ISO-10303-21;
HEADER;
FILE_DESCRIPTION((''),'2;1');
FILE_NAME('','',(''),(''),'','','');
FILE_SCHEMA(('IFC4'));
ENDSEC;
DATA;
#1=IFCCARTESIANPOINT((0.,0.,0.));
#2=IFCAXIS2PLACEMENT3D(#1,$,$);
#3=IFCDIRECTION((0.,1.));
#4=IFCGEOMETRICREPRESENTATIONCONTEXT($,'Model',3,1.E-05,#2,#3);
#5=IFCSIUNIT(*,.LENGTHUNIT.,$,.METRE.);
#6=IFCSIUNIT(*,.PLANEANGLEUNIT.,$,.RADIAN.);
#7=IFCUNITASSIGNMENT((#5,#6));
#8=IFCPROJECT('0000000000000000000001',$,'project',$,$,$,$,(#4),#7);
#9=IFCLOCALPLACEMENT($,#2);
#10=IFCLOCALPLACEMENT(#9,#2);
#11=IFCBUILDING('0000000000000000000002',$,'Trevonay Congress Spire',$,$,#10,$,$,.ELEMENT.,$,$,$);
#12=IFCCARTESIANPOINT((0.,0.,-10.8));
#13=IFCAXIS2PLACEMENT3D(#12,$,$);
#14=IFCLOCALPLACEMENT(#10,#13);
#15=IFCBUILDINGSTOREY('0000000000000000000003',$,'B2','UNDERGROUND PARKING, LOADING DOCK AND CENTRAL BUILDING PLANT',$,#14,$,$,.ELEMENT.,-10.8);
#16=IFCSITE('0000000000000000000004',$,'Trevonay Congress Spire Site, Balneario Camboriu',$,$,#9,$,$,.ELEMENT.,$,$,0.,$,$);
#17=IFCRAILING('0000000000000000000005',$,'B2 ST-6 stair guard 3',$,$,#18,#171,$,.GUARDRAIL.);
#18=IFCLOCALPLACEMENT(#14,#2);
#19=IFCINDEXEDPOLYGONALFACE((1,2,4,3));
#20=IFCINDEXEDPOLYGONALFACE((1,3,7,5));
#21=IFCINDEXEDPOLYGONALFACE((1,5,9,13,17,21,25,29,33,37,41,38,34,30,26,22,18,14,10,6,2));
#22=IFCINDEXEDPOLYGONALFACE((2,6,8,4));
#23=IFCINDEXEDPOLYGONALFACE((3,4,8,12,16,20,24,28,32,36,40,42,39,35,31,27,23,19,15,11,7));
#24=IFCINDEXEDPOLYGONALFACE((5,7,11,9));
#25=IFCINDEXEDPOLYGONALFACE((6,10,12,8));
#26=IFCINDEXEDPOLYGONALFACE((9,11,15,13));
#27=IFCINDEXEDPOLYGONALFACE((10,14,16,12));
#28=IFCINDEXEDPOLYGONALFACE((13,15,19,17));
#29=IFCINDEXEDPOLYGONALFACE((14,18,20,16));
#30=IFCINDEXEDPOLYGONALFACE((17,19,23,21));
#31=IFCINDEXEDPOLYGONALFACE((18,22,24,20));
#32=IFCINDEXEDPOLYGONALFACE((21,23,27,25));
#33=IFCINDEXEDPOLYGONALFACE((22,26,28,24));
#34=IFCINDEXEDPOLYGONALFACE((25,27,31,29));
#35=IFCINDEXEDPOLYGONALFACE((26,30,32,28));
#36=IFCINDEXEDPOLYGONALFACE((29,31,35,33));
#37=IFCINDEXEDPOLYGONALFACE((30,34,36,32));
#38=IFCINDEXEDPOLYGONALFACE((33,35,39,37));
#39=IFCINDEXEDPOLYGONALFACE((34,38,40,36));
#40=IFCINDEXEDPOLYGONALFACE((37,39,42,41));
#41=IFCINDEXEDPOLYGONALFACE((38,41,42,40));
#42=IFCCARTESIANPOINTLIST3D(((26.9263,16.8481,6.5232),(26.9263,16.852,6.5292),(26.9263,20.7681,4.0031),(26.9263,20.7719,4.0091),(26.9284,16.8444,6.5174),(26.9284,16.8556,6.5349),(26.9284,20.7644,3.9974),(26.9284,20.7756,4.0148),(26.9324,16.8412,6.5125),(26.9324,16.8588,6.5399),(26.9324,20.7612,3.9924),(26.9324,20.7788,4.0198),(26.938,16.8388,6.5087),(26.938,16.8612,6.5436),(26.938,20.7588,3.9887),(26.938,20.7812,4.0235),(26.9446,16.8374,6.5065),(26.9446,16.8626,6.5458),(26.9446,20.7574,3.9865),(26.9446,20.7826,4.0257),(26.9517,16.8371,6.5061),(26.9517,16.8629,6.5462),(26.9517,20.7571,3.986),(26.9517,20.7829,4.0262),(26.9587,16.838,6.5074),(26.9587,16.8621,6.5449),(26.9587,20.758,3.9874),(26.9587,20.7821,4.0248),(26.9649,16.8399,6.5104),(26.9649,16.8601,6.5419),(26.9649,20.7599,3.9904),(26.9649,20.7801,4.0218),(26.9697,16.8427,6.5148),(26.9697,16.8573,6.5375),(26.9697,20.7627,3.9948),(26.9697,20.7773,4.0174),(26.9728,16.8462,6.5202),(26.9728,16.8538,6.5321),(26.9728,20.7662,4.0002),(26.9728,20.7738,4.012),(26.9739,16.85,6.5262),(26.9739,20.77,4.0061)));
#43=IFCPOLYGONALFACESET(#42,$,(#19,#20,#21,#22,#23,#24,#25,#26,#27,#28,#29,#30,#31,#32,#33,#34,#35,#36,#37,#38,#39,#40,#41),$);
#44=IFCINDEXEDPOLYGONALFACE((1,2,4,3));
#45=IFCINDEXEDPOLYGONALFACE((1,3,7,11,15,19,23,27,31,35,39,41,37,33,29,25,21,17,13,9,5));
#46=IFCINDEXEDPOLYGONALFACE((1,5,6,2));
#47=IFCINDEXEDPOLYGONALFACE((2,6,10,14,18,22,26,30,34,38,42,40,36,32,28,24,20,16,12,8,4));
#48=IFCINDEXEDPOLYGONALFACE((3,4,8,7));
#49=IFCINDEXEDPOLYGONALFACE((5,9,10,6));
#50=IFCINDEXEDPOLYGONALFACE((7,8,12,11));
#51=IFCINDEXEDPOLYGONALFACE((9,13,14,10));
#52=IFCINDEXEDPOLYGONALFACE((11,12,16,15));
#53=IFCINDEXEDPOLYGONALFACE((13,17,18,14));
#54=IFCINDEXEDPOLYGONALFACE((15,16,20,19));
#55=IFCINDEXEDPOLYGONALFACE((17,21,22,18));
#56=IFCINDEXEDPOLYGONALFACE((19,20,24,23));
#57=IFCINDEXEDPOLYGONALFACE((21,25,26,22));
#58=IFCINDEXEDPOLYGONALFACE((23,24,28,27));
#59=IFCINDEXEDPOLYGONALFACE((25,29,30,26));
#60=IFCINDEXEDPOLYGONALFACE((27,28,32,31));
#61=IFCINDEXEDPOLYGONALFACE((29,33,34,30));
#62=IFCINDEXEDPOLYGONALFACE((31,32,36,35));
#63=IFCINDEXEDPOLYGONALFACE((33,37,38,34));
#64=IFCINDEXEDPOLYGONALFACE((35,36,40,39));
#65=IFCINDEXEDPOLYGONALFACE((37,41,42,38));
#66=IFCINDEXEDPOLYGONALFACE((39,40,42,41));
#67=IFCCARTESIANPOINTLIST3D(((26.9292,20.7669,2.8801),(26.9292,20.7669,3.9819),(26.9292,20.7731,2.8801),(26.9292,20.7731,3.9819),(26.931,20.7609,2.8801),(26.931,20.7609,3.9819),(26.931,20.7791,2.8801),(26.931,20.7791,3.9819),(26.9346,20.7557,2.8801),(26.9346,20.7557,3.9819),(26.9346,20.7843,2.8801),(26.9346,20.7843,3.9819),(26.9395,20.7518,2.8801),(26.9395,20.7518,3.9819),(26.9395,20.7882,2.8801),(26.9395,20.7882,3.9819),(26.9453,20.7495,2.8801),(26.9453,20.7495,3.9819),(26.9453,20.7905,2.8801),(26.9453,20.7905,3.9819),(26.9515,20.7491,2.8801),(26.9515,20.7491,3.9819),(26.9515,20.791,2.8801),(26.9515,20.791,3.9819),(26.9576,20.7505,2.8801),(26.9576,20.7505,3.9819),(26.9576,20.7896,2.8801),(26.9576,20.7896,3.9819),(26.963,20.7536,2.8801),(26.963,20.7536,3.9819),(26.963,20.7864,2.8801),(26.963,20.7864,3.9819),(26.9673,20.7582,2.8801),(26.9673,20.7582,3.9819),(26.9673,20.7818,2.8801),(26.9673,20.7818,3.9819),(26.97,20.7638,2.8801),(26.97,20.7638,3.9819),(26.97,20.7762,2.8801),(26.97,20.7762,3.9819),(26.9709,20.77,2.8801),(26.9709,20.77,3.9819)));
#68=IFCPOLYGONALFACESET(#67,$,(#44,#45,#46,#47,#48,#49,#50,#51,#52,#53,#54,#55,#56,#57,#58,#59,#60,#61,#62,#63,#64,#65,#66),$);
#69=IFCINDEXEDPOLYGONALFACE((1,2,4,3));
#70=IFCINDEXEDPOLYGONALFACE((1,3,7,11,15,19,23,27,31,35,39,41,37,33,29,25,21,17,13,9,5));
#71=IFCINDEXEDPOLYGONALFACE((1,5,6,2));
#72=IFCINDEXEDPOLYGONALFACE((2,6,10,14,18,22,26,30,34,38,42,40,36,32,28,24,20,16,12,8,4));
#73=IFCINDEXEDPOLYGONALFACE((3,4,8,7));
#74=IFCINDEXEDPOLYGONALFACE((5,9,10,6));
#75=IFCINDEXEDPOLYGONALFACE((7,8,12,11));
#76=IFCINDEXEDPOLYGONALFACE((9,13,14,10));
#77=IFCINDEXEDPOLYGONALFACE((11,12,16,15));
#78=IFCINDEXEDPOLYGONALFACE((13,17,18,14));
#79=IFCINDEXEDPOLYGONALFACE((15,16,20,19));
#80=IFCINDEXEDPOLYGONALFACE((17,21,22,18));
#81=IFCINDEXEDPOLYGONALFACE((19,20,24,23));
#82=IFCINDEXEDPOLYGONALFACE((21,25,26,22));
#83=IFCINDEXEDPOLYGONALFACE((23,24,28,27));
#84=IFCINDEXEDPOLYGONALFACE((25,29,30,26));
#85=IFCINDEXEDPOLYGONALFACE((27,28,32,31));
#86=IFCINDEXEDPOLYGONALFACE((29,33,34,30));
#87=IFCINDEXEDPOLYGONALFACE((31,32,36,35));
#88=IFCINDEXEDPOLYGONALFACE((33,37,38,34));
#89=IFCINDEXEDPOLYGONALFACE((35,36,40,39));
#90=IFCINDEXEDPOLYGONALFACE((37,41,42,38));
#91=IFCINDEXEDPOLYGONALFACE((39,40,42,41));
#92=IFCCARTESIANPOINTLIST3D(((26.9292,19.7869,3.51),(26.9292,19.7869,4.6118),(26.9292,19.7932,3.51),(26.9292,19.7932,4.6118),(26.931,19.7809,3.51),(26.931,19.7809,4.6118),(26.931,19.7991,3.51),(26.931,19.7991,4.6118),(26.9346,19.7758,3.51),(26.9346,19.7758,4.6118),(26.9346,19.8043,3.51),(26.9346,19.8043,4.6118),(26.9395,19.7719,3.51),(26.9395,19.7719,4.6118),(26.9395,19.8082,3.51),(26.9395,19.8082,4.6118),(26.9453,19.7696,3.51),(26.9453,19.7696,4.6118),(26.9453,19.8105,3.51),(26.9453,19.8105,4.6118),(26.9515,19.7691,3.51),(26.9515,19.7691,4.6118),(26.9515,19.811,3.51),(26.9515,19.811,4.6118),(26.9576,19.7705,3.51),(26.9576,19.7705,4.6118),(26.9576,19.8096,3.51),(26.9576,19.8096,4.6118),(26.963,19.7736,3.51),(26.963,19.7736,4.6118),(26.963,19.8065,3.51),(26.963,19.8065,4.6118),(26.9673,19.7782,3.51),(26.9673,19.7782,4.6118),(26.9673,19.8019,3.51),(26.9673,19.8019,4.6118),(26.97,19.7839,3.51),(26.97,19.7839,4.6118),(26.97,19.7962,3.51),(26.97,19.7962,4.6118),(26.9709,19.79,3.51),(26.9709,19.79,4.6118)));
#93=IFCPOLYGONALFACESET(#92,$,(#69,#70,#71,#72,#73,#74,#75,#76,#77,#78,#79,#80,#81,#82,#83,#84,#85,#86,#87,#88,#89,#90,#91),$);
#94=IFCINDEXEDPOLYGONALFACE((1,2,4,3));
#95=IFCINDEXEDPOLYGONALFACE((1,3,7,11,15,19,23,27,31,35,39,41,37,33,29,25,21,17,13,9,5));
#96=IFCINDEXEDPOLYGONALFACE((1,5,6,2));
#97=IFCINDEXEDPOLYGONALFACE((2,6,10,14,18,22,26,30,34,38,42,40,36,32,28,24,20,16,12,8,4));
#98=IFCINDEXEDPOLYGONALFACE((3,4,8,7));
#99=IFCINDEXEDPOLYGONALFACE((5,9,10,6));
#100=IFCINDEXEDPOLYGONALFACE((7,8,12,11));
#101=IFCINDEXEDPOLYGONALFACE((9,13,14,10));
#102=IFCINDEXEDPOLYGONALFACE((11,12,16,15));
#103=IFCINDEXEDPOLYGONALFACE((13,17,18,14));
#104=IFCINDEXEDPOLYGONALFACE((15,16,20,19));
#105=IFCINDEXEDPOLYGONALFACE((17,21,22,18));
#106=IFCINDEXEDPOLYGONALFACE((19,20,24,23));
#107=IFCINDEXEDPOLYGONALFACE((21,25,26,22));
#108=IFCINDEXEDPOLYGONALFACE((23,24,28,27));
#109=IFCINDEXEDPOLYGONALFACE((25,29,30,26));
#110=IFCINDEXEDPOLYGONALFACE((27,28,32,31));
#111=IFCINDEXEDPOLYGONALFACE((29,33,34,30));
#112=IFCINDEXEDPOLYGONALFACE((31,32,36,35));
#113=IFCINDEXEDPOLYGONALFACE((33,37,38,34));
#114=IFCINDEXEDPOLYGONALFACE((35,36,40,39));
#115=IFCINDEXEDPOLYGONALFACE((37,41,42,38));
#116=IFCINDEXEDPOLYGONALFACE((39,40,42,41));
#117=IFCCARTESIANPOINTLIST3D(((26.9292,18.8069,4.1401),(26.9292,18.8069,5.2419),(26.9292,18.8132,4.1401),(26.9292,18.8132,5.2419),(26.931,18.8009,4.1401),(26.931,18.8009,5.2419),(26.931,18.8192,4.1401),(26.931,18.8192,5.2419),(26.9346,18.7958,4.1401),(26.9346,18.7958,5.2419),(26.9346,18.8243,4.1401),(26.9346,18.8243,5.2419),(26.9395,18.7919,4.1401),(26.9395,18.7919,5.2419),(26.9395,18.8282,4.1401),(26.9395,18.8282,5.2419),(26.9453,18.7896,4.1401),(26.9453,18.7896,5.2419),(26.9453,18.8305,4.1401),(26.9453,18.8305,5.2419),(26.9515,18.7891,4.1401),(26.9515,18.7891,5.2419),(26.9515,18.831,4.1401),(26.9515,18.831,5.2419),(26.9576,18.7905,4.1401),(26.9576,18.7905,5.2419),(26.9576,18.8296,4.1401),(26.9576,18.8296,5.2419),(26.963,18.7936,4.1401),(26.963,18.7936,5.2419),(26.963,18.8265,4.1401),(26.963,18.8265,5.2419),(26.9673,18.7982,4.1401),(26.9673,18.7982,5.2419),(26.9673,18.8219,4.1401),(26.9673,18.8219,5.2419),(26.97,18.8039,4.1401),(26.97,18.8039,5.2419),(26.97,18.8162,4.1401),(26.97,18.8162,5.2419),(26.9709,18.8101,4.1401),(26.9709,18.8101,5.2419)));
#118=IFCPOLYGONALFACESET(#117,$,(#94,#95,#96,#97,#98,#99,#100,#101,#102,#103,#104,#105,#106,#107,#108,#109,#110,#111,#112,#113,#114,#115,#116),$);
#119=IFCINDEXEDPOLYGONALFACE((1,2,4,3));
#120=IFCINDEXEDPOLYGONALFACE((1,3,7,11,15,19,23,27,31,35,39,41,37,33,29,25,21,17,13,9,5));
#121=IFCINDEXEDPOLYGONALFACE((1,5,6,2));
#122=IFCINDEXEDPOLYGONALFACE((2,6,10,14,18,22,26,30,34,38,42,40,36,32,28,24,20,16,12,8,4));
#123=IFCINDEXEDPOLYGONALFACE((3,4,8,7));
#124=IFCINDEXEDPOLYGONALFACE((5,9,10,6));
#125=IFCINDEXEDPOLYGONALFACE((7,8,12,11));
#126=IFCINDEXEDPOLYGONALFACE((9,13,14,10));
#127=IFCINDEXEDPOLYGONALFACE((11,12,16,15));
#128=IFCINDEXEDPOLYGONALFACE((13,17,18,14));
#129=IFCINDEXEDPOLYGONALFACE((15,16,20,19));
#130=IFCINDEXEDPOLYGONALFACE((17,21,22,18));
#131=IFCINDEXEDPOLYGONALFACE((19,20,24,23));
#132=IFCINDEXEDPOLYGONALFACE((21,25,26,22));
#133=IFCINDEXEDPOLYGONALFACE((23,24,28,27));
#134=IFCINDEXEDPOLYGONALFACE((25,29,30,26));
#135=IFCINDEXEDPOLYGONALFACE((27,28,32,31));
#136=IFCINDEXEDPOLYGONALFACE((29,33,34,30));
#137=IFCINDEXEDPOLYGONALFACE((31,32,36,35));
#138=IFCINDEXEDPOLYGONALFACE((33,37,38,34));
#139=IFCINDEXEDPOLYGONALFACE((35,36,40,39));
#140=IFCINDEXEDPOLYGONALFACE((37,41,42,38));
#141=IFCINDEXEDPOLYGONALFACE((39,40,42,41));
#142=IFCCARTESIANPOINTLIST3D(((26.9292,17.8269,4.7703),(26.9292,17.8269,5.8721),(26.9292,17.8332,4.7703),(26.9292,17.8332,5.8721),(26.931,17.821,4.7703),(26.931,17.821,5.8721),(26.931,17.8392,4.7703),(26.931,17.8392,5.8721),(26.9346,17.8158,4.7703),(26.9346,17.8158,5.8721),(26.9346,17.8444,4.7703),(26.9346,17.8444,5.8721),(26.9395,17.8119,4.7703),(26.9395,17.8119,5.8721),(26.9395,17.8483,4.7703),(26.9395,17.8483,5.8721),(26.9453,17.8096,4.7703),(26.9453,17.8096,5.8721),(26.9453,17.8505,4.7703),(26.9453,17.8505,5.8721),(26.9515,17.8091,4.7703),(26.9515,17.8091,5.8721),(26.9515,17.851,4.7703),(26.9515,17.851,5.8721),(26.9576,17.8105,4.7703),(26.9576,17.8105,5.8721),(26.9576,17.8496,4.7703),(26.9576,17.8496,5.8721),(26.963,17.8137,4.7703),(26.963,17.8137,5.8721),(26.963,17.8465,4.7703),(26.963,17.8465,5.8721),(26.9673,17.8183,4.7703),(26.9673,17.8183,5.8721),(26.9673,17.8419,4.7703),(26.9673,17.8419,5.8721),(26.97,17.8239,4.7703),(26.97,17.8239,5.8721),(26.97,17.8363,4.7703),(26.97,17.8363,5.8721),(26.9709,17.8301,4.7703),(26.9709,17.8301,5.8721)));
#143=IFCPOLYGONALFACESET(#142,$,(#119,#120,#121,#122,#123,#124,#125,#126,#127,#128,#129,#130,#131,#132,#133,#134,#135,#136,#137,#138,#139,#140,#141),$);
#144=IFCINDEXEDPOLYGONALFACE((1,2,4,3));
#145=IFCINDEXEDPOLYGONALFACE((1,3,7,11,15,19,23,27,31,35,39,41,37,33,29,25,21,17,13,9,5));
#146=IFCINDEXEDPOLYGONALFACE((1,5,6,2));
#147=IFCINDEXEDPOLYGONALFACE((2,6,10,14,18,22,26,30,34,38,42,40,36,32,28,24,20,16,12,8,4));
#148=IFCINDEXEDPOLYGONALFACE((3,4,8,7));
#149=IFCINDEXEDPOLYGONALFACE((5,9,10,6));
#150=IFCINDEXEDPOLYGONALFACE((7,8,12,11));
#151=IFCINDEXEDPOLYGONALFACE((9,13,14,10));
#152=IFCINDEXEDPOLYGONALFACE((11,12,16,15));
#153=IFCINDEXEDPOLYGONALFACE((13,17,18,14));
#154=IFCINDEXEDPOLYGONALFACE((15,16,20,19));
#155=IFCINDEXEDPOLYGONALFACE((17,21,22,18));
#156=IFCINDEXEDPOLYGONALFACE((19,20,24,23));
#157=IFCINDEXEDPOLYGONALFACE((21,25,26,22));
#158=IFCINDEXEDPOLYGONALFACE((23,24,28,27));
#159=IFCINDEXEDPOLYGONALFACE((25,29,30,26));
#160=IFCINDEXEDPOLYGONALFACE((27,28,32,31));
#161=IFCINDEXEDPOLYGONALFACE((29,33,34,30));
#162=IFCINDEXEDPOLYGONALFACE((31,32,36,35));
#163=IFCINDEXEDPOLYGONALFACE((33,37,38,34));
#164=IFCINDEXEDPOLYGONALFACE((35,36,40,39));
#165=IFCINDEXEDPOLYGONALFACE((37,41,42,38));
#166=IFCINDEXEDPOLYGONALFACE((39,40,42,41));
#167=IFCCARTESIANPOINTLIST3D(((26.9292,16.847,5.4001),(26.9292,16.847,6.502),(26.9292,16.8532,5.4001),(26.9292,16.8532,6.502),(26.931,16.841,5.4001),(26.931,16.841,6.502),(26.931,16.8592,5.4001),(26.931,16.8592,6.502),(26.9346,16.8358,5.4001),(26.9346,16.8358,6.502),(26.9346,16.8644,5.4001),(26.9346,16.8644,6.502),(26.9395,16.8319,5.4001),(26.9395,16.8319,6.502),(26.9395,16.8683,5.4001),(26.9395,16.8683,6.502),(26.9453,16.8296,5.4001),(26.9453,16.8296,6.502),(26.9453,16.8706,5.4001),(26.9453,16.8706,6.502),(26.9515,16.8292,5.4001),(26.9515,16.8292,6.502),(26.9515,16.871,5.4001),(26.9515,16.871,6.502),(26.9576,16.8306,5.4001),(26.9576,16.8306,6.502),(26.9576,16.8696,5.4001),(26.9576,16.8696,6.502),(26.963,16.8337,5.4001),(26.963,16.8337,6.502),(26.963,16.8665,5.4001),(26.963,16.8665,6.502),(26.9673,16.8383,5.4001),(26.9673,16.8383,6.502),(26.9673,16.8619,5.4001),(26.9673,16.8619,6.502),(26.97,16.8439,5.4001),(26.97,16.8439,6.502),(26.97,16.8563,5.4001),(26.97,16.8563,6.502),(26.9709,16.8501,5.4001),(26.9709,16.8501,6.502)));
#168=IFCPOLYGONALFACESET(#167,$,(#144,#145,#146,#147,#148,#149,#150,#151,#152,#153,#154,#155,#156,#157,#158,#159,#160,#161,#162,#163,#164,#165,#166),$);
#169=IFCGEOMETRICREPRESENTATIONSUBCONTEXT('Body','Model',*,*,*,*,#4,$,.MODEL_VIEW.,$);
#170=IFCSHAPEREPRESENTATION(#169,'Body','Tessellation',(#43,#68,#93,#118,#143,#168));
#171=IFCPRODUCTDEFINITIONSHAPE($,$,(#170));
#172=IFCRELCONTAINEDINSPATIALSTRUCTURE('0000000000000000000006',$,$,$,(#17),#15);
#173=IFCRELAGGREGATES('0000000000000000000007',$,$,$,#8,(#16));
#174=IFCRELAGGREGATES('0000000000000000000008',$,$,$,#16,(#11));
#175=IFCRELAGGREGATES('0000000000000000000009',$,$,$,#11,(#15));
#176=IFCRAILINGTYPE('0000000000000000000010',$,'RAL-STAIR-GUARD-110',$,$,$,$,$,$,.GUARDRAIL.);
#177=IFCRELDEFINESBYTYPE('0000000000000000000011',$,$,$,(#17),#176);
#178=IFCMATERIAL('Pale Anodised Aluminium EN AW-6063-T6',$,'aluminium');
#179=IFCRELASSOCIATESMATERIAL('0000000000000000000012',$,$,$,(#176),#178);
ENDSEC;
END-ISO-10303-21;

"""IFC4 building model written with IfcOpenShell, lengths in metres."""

from ifc_helpers import new_model, si_unit, direction, frame, origin, origin_2d, place, context, subcontext, project, spatial, circle, extrude, material, type_object, element, save


model = new_model("IFC4")

# Units and contexts
model_context = context("Model", 3, precision=1e-05, world=origin(), true_north=direction((0.0, 1.0)))
body_context = subcontext(model_context, "Body", "Model", "MODEL_VIEW")
ifc_project = project(units=[si_unit("LENGTHUNIT", "METRE"), si_unit("PLANEANGLEUNIT", "RADIAN")], contexts=[model_context])

# Site, building, storey
site_placement = place(None, origin())
site = spatial("IfcSite", under=ifc_project, at=site_placement, Name="Trevonay Congress Spire Site, Balneario Camboriu", CompositionType="ELEMENT", RefElevation=0.0)
building_placement = place(site_placement, origin())
building = spatial("IfcBuilding", under=site, at=building_placement, Name="Trevonay Congress Spire", CompositionType="ELEMENT")
storey_placement = place(building_placement, frame((0.0, 0.0, -10.8)))
storey = spatial("IfcBuildingStorey", under=building, at=storey_placement, Name="B2", Description="UNDERGROUND PARKING, LOADING DOCK AND CENTRAL BUILDING PLANT", CompositionType="ELEMENT", Elevation=-10.8)

# Railing
ifc_material_1 = material(Name="Pale Anodised Aluminium EN AW-6063-T6", Category="aluminium")
railing_type_1 = type_object("IfcRailingType", Name="RAL-STAIR-GUARD-110", PredefinedType="GUARDRAIL", material=ifc_material_1)
railing_1_placement = place(storey_placement, frame((26.95, 20.77, 2.8801)))
element("IfcRailing", 1, at=railing_1_placement, inside=storey, type_object=railing_type_1, Name="B2 ST-6 stair guard 3", PredefinedType="GUARDRAIL", context=body_context, shape_type="SweptSolid", body=[
    extrude(circle(Radius=0.0239, at=origin_2d()), frame((0.0, 0.0, 1.126), z_axis=(0.0, -0.841172, 0.540768), x_axis=(1.0, 0.0, 0.0)), (0.0, 0.0, 1.0), 4.6602),
    extrude(circle(Radius=0.021, at=origin_2d()), origin(), (0.0, 0.0, 1.0), 1.1018),
    extrude(circle(Radius=0.021, at=origin_2d()), frame((0.0, -0.98, 0.6299)), (0.0, 0.0, 1.0), 1.1018),
    extrude(circle(Radius=0.021, at=origin_2d()), frame((0.0, -1.96, 1.26)), (0.0, 0.0, 1.0), 1.1018),
    extrude(circle(Radius=0.021, at=origin_2d()), frame((0.0, -2.9399, 1.8901)), (0.0, 0.0, 1.0), 1.1018),
    extrude(circle(Radius=0.021, at=origin_2d()), frame((0.0, -3.9199, 2.52)), (0.0, 0.0, 1.0), 1.1018),
])

save(model, "model.ifc")
